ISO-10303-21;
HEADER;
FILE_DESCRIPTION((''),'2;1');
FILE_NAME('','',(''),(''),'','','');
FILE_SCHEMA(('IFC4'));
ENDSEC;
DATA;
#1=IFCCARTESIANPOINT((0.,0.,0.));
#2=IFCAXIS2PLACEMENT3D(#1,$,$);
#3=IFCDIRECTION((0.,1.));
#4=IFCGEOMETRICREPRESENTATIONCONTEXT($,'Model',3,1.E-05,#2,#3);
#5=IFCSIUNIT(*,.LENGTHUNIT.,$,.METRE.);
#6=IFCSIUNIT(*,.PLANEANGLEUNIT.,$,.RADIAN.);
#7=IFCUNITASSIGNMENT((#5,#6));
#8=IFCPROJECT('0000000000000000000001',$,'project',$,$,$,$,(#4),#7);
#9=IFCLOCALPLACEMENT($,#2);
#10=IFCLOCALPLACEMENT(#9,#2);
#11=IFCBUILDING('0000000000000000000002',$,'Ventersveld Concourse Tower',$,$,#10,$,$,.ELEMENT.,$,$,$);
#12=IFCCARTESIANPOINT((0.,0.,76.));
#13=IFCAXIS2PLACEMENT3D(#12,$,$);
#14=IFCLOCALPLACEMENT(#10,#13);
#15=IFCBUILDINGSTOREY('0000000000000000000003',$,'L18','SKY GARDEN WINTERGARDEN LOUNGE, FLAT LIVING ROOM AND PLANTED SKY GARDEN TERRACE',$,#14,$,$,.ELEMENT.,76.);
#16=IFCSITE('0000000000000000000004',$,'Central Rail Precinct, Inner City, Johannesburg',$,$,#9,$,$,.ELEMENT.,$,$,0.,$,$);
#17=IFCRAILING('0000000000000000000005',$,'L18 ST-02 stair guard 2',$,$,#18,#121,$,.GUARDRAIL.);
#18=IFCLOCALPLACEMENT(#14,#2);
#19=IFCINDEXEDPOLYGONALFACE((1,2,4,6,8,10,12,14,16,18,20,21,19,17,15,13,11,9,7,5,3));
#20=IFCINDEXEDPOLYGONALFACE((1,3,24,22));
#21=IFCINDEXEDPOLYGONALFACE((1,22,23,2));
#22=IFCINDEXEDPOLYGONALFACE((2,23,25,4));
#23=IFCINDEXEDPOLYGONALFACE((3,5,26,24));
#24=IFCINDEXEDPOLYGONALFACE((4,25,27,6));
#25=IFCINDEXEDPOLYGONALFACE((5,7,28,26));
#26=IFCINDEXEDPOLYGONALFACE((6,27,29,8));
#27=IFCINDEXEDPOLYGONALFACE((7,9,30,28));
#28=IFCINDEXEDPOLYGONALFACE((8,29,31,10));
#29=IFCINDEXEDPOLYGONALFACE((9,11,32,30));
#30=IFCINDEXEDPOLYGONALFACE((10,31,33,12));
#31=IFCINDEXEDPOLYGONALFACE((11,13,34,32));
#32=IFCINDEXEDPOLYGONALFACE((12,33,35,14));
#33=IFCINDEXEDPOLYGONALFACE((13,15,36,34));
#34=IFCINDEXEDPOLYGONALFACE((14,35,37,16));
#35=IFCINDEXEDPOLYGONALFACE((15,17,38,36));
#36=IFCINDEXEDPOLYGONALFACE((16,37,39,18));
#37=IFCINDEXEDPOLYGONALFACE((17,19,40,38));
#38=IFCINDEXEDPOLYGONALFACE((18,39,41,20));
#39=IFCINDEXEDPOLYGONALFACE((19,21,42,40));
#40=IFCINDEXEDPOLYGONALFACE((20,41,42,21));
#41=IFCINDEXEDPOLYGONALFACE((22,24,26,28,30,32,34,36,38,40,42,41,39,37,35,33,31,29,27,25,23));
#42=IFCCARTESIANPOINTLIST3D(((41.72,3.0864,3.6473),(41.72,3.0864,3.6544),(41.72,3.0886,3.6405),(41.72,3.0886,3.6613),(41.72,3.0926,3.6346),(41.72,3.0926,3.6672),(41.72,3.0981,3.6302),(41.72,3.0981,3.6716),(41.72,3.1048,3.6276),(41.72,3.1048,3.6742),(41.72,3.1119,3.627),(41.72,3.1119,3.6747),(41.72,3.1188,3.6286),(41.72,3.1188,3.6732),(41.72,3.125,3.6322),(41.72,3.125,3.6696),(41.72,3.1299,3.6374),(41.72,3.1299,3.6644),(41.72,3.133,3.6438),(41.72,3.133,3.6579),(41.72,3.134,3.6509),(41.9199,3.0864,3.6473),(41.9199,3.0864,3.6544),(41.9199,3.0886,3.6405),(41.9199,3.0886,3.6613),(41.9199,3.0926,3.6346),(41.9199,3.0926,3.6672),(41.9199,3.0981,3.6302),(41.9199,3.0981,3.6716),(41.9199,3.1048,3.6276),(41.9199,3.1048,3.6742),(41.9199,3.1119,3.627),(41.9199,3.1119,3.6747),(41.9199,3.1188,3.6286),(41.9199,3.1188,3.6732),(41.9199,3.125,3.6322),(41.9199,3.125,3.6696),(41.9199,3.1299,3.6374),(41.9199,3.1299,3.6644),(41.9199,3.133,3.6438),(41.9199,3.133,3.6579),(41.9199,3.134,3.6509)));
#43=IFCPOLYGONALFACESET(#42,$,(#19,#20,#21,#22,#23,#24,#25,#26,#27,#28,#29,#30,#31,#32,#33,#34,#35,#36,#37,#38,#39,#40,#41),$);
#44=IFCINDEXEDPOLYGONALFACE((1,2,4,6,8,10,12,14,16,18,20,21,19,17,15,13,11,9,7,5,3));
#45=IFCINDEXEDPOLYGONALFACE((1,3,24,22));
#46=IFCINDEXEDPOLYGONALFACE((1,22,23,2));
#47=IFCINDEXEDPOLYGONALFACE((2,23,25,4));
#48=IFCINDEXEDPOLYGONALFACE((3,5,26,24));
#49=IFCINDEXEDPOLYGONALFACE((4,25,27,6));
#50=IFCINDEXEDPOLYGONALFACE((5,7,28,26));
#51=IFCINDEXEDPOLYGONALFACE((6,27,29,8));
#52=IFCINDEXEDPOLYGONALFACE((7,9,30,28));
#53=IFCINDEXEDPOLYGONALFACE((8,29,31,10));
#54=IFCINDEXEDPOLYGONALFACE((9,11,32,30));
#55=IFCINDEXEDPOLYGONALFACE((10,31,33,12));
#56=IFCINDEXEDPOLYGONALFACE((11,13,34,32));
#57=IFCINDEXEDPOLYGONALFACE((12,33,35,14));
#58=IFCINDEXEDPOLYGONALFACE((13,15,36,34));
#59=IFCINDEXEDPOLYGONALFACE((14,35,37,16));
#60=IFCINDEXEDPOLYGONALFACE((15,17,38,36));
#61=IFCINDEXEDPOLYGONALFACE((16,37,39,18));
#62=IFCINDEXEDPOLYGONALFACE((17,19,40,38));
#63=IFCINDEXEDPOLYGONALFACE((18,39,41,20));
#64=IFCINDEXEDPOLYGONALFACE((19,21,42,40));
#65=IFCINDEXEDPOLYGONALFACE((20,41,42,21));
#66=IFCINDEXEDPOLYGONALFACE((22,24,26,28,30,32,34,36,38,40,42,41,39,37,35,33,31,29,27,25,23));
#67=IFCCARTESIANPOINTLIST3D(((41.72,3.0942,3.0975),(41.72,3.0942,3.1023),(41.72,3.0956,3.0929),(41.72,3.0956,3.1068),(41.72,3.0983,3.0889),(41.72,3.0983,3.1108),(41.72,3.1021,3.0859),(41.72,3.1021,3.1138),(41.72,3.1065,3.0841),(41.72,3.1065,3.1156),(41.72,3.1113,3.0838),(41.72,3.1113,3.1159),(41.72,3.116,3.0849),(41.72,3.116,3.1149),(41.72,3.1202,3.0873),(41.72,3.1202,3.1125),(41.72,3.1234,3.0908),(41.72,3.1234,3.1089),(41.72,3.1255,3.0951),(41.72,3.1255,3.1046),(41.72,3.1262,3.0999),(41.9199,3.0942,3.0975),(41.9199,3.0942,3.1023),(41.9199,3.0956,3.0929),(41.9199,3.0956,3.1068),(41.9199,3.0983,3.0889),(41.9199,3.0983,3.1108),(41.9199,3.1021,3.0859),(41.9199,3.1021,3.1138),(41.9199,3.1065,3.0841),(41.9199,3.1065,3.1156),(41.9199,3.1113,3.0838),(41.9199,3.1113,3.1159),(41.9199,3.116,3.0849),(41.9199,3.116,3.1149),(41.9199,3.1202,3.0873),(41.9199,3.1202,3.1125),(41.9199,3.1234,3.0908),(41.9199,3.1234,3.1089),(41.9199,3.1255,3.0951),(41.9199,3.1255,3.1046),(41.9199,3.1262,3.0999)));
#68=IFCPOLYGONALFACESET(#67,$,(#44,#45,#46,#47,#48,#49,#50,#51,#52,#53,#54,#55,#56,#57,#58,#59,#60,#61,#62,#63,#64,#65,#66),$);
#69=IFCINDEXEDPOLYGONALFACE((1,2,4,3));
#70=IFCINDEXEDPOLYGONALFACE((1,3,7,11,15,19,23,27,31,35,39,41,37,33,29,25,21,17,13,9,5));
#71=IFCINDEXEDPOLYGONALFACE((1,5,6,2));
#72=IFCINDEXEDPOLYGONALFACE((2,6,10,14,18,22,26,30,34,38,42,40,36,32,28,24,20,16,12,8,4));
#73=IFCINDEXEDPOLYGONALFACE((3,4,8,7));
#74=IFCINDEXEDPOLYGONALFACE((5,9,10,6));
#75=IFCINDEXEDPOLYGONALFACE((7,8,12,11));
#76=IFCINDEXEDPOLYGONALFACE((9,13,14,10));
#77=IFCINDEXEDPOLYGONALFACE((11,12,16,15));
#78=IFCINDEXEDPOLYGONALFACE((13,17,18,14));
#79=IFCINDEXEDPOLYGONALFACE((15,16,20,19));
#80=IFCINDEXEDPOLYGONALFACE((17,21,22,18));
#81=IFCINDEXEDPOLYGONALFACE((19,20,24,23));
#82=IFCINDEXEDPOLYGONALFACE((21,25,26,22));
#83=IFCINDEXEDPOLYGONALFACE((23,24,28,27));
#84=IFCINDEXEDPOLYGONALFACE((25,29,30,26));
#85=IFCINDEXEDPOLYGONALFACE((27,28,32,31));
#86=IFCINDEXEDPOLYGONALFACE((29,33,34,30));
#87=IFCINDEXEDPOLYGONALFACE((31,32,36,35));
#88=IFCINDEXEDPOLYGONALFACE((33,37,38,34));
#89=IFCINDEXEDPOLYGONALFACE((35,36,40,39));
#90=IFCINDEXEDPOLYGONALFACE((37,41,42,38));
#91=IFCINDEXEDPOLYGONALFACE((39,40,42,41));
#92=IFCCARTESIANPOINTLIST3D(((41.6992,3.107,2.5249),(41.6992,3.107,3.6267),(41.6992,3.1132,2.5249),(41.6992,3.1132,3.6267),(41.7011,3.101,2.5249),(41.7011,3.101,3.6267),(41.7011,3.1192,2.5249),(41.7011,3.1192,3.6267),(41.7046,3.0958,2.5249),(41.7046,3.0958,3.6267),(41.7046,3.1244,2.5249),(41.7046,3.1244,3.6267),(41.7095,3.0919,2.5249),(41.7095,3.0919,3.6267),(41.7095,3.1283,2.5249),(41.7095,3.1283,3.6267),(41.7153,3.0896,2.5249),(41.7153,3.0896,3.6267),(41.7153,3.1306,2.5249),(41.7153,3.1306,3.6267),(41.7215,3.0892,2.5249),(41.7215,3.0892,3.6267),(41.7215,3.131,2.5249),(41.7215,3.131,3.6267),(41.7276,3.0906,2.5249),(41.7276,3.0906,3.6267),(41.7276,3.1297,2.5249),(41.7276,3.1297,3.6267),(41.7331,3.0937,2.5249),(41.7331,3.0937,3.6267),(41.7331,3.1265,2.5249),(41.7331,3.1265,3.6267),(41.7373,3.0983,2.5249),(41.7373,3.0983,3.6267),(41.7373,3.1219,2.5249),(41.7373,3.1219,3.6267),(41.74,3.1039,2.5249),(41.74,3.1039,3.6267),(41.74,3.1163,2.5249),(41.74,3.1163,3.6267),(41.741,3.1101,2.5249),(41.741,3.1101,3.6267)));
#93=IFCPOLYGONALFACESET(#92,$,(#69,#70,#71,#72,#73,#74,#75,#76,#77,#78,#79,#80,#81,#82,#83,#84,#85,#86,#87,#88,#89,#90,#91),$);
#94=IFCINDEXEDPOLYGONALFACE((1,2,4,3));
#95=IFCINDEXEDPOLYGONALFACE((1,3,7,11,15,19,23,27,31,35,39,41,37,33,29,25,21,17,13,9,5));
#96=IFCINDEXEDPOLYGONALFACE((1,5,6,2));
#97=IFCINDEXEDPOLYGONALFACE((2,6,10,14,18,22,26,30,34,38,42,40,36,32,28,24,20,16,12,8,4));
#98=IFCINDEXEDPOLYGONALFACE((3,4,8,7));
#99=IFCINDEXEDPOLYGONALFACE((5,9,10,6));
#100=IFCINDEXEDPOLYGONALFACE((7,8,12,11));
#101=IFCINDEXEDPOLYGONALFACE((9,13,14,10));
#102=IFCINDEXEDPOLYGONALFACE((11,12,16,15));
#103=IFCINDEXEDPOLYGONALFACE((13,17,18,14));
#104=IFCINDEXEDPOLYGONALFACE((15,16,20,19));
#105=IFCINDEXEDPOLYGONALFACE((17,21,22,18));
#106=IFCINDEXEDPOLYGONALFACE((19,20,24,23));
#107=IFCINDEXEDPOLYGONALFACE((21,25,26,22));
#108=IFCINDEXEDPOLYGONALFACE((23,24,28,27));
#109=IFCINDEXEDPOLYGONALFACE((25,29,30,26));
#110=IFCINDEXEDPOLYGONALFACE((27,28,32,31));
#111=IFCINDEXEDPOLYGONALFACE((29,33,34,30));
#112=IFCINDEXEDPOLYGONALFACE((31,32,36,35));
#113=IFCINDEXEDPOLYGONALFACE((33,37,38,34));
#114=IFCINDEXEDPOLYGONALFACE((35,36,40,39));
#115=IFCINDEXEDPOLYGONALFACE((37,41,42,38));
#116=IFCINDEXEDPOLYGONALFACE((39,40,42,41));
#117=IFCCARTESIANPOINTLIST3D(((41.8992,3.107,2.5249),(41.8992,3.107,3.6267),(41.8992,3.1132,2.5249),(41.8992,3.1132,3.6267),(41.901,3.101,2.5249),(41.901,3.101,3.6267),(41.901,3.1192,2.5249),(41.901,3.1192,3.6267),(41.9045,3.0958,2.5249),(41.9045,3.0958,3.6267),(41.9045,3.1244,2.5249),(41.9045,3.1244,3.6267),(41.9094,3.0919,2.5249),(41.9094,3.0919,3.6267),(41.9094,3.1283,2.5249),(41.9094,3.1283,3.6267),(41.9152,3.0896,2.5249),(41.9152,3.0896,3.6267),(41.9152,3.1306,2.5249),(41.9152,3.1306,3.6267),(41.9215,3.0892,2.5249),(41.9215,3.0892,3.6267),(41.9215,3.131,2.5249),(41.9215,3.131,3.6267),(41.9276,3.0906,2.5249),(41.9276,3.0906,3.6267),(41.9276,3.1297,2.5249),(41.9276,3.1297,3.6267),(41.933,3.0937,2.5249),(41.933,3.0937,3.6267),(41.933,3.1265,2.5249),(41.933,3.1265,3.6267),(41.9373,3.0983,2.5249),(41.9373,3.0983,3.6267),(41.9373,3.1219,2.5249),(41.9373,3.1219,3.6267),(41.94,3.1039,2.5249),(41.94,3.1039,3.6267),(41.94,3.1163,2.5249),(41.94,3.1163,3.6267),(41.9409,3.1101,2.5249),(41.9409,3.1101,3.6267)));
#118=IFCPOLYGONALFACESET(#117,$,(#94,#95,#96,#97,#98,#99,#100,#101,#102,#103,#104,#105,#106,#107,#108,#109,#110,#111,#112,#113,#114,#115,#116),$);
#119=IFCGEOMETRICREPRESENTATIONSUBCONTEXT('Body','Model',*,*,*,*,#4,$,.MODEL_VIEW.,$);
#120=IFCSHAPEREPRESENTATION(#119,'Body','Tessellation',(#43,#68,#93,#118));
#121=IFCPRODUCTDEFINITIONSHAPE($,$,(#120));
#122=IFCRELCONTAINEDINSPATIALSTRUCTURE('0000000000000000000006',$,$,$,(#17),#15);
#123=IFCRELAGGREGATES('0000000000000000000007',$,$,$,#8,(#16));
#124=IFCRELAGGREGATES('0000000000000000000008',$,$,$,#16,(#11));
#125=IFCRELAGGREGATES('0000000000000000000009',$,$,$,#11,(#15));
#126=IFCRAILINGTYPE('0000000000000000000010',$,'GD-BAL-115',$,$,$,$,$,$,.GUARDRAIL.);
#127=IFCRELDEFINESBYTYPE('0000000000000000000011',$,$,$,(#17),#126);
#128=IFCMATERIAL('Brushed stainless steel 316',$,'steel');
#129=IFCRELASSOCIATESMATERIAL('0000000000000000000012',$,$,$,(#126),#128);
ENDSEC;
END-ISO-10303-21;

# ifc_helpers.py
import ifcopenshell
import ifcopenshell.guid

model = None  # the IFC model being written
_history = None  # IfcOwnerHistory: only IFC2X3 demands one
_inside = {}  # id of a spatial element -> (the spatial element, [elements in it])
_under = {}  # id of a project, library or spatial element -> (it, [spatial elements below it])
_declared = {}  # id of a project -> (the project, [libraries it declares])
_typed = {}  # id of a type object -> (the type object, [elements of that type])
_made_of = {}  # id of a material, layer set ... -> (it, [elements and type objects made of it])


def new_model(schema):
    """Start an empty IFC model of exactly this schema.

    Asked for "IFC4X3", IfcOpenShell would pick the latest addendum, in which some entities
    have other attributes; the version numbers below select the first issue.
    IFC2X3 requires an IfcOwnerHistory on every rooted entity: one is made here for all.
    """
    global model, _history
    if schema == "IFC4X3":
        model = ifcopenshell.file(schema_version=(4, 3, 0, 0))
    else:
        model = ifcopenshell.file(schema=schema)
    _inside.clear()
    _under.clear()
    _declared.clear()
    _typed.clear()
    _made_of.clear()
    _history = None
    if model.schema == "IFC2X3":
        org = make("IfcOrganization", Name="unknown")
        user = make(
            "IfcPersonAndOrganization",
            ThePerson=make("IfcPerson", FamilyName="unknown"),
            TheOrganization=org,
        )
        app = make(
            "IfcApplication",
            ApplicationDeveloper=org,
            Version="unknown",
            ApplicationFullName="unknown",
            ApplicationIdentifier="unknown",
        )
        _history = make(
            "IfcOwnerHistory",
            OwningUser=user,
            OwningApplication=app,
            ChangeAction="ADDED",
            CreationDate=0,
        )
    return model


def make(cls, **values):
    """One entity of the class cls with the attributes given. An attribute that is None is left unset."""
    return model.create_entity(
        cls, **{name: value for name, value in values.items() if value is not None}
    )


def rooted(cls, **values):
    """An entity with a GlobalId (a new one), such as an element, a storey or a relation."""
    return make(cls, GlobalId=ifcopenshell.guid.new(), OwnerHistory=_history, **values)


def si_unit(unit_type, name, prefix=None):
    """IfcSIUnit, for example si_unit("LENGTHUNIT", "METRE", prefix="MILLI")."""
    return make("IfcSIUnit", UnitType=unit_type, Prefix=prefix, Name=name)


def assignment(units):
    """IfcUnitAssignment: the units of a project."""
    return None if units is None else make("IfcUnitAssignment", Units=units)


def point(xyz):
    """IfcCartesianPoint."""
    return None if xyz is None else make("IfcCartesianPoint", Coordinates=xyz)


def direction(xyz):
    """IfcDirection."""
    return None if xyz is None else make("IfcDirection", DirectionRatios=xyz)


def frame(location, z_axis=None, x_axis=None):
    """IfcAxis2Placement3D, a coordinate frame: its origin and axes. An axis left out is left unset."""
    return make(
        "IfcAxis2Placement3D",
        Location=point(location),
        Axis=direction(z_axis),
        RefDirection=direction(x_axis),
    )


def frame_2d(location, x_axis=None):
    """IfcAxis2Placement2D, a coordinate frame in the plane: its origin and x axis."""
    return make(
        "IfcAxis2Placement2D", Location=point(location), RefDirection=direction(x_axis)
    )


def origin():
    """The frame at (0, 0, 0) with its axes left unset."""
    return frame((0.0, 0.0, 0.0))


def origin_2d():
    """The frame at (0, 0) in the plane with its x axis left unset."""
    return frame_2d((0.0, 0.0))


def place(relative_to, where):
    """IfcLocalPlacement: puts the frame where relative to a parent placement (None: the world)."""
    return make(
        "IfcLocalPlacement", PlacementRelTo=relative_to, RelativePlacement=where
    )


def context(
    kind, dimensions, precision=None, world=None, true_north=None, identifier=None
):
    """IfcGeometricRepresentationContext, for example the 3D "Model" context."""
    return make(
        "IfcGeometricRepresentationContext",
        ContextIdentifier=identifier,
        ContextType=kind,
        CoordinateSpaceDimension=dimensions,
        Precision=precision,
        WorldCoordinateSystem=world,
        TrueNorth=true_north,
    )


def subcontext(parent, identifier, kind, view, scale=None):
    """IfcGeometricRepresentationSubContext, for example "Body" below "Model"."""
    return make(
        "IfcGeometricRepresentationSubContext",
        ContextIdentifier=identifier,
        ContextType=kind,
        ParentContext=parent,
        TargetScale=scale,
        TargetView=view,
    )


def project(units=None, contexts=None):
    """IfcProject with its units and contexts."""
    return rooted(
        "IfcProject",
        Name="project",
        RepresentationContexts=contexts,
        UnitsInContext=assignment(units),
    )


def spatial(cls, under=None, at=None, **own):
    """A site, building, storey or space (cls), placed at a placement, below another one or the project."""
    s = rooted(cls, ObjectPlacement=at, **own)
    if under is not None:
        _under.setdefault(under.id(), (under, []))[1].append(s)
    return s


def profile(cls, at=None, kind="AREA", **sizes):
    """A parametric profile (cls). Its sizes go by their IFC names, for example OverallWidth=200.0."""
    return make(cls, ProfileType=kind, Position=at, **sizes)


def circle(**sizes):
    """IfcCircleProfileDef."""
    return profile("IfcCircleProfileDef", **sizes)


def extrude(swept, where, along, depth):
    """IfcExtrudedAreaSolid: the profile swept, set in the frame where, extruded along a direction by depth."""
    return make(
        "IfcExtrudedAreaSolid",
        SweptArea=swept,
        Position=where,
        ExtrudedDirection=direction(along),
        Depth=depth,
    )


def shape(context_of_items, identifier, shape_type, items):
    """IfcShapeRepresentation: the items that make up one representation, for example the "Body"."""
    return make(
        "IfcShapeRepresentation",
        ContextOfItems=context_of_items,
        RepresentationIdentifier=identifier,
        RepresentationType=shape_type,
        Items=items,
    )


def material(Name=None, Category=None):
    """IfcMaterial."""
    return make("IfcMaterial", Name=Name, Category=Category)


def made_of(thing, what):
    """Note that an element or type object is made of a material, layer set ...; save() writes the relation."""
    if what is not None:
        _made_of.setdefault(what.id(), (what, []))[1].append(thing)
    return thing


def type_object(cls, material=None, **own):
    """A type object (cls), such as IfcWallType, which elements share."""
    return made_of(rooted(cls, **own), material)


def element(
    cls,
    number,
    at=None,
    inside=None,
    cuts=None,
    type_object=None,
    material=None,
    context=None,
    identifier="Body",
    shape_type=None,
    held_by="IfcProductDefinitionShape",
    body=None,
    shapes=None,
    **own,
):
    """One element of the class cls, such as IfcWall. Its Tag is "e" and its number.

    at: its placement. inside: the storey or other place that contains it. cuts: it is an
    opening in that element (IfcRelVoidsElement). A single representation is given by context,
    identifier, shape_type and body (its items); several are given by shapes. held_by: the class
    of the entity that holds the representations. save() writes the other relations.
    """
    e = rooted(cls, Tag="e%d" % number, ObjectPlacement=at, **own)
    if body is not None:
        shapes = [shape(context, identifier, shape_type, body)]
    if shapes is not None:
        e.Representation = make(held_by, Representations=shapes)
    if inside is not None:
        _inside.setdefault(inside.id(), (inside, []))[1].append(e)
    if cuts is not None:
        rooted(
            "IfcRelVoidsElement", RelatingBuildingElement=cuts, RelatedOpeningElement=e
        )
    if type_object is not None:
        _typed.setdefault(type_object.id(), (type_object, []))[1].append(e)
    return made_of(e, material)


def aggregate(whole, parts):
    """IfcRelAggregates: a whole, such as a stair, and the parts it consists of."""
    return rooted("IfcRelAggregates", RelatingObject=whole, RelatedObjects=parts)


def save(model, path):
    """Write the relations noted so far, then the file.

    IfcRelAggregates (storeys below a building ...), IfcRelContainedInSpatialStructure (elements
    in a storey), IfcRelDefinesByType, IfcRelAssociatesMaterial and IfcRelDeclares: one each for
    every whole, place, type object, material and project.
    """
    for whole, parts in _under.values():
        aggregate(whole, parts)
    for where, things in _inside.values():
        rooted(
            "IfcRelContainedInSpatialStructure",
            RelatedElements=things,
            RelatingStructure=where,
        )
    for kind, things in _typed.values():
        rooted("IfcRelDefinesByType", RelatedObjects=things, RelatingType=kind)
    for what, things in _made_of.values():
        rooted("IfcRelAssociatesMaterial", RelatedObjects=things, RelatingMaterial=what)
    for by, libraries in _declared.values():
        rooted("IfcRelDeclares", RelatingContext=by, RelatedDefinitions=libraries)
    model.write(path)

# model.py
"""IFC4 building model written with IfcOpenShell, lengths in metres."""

from ifc_helpers import new_model, si_unit, direction, frame, origin, origin_2d, place, context, subcontext, project, spatial, circle, extrude, material, type_object, element, save


model = new_model("IFC4")

# Units and contexts
model_context = context("Model", 3, precision=1e-05, world=origin(), true_north=direction((0.0, 1.0)))
body_context = subcontext(model_context, "Body", "Model", "MODEL_VIEW")
ifc_project = project(units=[si_unit("LENGTHUNIT", "METRE"), si_unit("PLANEANGLEUNIT", "RADIAN")], contexts=[model_context])

# Site, building, storey
site_placement = place(None, origin())
site = spatial("IfcSite", under=ifc_project, at=site_placement, Name="Central Rail Precinct, Inner City, Johannesburg", CompositionType="ELEMENT", RefElevation=0.0)
building_placement = place(site_placement, origin())
building = spatial("IfcBuilding", under=site, at=building_placement, Name="Ventersveld Concourse Tower", CompositionType="ELEMENT")
storey_placement = place(building_placement, frame((0.0, 0.0, 76.0)))
storey = spatial("IfcBuildingStorey", under=building, at=storey_placement, Name="L18", Description="SKY GARDEN WINTERGARDEN LOUNGE, FLAT LIVING ROOM AND PLANTED SKY GARDEN TERRACE", CompositionType="ELEMENT", Elevation=76.0)

# Railing
ifc_material_1 = material(Name="Brushed stainless steel 316", Category="steel")
railing_type_1 = type_object("IfcRailingType", Name="GD-BAL-115", PredefinedType="GUARDRAIL", material=ifc_material_1)
railing_1_placement = place(storey_placement, frame((41.72, 3.1101, 2.5249)))
element("IfcRailing", 1, at=railing_1_placement, inside=storey, type_object=railing_type_1, Name="L18 ST-02 stair guard 2", PredefinedType="GUARDRAIL", context=body_context, shape_type="SweptSolid", body=[
    extrude(circle(Radius=0.0239, at=origin_2d()), frame((0.0, 0.0, 1.126), z_axis=(1.0, 0.0, 0.0), x_axis=(0.0, 1.0, 0.0)), (0.0, 0.0, 1.0), 0.2),
    extrude(circle(Radius=0.0161, at=origin_2d()), frame((0.0, 0.0, 0.575), z_axis=(1.0, 0.0, 0.0), x_axis=(0.0, 1.0, 0.0)), (0.0, 0.0, 1.0), 0.2),
    extrude(circle(Radius=0.021, at=origin_2d()), origin(), (0.0, 0.0, 1.0), 1.1018),
    extrude(circle(Radius=0.021, at=origin_2d()), frame((0.2, 0.0, 0.0)), (0.0, 0.0, 1.0), 1.1018),
])

save(model, "model.ifc")
